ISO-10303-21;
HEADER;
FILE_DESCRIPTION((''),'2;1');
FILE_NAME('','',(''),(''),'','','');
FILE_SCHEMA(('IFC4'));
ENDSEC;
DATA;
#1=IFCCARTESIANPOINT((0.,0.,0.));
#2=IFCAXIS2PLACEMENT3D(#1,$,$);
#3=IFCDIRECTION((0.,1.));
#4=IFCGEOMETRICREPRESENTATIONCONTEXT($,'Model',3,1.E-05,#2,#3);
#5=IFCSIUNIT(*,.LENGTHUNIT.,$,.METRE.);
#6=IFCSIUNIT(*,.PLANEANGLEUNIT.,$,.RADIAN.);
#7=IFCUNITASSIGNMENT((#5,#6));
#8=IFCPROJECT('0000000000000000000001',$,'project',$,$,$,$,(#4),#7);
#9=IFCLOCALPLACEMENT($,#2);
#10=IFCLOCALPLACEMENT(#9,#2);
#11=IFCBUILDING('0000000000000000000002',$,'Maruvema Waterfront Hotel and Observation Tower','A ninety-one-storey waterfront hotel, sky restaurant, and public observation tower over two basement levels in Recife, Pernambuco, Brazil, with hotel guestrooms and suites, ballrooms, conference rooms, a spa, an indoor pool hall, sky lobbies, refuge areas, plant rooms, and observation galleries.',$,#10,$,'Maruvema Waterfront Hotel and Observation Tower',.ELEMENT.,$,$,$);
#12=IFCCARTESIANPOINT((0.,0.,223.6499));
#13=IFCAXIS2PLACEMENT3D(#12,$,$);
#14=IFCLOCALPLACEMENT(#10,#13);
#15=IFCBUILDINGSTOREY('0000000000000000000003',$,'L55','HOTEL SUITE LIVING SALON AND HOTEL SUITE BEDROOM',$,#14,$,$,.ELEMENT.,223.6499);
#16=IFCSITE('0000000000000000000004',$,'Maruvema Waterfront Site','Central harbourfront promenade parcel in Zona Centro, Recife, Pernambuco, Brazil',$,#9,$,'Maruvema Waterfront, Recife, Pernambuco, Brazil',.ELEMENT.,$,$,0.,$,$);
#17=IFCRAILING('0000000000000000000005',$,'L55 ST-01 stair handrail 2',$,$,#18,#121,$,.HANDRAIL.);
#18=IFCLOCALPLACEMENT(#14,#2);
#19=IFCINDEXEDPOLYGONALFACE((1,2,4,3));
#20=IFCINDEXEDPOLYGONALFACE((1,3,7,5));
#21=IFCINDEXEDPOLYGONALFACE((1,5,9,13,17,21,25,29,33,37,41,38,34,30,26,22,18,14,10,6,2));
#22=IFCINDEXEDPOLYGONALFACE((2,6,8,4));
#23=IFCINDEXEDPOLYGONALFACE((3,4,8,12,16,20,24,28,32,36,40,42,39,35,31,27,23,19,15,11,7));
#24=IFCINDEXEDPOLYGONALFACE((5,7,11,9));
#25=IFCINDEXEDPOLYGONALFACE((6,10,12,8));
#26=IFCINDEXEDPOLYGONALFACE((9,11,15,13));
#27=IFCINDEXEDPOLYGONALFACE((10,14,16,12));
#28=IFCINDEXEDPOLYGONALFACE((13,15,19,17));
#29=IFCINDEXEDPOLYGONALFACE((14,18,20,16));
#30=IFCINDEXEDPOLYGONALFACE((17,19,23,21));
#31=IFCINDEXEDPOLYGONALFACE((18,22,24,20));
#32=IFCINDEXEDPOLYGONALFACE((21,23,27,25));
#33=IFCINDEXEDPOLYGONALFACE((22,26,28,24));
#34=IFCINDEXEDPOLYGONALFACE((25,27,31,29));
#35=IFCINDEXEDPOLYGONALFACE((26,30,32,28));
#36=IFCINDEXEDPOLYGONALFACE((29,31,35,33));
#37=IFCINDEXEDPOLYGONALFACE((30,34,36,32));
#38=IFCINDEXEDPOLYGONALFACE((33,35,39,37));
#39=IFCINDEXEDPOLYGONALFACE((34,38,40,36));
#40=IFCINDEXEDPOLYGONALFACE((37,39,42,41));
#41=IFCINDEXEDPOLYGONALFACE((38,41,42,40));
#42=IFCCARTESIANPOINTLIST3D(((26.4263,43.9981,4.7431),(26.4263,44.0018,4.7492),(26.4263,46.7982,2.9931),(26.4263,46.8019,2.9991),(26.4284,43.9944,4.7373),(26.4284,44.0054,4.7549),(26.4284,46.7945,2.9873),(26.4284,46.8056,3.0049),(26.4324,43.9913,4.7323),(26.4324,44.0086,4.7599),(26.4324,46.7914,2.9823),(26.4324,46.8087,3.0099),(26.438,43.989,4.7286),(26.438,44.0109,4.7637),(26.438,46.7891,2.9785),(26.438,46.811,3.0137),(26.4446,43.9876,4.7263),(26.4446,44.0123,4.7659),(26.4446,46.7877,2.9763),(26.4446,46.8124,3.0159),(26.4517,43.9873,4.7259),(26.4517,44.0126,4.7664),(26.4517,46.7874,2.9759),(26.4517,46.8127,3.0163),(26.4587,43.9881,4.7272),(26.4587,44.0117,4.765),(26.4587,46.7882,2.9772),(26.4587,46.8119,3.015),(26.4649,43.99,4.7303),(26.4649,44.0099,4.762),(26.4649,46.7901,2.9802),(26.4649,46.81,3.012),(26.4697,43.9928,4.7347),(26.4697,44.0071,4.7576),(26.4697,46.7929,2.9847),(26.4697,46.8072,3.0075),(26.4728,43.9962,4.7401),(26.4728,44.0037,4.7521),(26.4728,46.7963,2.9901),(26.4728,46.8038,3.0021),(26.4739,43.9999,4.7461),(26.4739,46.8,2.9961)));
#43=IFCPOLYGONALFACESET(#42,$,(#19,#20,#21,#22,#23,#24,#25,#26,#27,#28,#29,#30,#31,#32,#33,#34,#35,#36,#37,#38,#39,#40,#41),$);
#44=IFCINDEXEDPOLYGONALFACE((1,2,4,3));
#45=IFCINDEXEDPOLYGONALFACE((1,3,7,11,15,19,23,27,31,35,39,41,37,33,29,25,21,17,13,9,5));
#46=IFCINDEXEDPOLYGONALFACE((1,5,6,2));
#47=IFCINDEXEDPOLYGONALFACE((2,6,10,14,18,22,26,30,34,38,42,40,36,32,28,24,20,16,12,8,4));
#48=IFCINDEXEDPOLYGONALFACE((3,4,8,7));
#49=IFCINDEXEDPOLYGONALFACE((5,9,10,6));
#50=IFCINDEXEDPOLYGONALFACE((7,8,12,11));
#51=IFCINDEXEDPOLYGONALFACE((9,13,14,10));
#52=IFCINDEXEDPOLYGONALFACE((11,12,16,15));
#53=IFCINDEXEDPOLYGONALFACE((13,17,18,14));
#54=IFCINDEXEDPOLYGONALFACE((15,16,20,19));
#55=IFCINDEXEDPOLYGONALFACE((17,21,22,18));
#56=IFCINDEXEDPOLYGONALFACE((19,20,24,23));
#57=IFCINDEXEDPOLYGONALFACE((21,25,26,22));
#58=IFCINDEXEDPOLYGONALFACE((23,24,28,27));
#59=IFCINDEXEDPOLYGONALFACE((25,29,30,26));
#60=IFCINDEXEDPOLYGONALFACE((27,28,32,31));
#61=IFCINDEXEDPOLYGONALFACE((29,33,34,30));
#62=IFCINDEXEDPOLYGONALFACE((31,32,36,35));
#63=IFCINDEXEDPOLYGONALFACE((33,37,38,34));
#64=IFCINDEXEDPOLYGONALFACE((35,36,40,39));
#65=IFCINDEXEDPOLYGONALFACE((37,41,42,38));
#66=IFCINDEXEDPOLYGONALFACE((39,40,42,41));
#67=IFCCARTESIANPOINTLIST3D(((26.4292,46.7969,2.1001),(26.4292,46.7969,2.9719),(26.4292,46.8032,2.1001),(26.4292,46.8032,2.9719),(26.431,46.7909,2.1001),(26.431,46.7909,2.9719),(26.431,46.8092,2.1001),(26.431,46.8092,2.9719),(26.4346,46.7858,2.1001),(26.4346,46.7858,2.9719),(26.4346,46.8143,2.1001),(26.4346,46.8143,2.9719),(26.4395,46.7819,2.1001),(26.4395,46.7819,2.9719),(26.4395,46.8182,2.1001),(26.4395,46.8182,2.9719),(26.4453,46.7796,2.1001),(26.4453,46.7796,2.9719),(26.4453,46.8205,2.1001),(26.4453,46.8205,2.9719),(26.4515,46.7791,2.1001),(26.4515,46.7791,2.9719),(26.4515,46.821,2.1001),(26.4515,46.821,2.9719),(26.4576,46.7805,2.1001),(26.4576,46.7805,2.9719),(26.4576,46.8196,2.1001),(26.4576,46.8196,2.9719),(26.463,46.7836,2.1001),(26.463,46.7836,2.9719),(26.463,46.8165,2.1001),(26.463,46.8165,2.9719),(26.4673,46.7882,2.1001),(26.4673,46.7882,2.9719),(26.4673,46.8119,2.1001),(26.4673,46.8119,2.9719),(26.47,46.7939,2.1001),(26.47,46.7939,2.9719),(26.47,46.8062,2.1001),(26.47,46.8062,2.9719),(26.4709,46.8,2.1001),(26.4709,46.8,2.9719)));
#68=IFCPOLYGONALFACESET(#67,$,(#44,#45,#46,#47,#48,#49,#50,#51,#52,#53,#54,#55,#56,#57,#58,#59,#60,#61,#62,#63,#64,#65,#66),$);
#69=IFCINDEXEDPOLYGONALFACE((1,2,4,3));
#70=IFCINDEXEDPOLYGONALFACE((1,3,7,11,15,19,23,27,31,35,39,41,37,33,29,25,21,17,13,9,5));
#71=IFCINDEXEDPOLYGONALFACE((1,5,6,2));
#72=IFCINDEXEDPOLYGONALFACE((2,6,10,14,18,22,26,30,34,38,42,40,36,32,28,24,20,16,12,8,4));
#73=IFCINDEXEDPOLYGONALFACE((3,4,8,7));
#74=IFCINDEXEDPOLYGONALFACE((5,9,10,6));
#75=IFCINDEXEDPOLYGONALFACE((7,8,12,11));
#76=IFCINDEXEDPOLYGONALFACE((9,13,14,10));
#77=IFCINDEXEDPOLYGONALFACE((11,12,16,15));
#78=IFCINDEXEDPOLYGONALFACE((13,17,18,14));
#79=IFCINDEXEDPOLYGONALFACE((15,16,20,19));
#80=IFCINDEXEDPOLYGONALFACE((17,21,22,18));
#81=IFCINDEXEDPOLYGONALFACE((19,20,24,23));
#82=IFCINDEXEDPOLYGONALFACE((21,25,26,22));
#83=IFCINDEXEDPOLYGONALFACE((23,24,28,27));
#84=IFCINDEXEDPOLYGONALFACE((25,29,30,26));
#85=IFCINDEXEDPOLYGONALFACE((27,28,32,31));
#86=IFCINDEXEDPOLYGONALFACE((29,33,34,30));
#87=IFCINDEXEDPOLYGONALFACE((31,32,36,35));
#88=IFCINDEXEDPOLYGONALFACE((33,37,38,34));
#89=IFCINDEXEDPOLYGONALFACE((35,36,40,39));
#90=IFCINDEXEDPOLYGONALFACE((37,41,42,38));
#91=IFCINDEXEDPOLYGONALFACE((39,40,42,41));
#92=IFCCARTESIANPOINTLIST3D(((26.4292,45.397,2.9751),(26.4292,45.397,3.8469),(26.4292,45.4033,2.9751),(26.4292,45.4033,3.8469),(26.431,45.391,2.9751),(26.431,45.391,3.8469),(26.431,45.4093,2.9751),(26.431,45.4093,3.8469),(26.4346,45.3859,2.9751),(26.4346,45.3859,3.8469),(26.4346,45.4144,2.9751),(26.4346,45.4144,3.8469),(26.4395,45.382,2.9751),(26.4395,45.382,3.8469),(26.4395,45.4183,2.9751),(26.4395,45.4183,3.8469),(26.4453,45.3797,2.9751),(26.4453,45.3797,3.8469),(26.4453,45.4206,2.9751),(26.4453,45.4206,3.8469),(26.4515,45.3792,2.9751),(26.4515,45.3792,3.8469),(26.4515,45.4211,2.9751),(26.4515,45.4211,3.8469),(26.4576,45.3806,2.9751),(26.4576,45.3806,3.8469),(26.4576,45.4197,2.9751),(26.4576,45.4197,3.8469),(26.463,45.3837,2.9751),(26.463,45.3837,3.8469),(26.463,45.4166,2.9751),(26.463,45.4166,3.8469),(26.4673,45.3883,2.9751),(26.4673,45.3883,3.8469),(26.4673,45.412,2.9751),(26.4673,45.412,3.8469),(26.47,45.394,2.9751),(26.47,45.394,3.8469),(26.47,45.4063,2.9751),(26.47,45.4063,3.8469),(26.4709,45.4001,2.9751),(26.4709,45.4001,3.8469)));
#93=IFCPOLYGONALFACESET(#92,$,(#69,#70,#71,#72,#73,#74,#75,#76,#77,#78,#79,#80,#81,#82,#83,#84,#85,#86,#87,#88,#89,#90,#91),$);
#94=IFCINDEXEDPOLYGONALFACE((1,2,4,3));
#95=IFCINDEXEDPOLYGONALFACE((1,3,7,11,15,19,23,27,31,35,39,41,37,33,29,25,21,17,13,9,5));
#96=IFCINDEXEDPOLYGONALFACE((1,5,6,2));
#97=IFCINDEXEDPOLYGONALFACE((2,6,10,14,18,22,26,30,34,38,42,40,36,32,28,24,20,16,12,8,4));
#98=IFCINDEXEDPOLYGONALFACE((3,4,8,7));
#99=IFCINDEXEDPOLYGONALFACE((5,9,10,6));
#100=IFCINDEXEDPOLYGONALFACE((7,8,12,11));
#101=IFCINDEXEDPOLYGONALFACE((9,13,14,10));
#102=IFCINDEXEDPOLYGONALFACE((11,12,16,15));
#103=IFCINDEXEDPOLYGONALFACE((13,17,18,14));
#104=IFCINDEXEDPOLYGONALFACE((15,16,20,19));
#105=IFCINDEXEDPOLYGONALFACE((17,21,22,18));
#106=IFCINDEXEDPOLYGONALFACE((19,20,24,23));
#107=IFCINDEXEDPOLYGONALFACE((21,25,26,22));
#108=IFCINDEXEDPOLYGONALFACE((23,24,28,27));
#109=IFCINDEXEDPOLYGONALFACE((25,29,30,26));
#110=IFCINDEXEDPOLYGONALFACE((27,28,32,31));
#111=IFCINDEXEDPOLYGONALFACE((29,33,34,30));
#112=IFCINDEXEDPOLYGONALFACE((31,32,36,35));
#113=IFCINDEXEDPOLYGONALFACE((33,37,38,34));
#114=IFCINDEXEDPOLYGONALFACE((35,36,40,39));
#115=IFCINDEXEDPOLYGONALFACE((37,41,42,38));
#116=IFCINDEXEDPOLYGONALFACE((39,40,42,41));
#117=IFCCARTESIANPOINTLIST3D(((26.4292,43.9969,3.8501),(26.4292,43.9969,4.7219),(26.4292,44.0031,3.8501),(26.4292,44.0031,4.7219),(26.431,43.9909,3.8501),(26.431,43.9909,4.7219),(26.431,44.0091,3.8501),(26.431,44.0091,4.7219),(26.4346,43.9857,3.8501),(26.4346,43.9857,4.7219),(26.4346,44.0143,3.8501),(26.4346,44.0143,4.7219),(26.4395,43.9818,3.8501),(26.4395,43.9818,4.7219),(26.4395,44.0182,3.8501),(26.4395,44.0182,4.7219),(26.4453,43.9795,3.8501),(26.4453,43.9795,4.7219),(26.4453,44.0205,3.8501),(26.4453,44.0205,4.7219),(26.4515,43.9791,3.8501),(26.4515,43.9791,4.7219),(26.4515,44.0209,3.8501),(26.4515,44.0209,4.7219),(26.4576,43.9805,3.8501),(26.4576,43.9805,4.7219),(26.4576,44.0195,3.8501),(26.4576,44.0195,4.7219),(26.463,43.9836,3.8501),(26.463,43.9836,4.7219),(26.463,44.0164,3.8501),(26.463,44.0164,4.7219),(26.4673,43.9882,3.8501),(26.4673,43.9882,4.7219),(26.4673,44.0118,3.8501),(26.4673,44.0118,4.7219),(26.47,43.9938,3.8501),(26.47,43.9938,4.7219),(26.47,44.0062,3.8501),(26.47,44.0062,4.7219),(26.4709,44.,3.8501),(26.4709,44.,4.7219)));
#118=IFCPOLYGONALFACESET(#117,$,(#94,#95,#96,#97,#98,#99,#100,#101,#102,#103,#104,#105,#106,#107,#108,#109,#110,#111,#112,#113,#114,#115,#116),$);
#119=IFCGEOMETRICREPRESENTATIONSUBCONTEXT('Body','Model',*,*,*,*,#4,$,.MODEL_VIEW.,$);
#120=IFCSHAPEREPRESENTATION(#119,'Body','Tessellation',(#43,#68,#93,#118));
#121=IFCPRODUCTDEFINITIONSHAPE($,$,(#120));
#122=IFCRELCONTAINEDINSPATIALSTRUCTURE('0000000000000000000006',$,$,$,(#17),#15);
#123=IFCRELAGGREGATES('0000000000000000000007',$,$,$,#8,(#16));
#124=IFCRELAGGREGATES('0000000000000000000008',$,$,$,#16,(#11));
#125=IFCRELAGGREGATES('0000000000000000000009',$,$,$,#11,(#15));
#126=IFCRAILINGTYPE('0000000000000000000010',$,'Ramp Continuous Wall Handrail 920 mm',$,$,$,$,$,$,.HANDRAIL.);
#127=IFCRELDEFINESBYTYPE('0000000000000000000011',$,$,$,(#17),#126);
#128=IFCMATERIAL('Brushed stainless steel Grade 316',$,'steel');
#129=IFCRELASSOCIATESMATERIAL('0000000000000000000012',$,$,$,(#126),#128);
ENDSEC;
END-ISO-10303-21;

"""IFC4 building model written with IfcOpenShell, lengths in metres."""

from ifc_helpers import new_model, si_unit, direction, frame, origin, origin_2d, place, context, subcontext, project, spatial, circle, extrude, material, type_object, element, save


model = new_model("IFC4")

# Units and contexts
model_context = context("Model", 3, precision=1e-05, world=origin(), true_north=direction((0.0, 1.0)))
body_context = subcontext(model_context, "Body", "Model", "MODEL_VIEW")
ifc_project = project(units=[si_unit("LENGTHUNIT", "METRE"), si_unit("PLANEANGLEUNIT", "RADIAN")], contexts=[model_context])

# Site, building, storey
site_placement = place(None, origin())
site = spatial("IfcSite", under=ifc_project, at=site_placement, Name="Maruvema Waterfront Site", Description="Central harbourfront promenade parcel in Zona Centro, Recife, Pernambuco, Brazil", LongName="Maruvema Waterfront, Recife, Pernambuco, Brazil", CompositionType="ELEMENT", RefElevation=0.0)
building_placement = place(site_placement, origin())
building = spatial("IfcBuilding", under=site, at=building_placement, Name="Maruvema Waterfront Hotel and Observation Tower", Description="A ninety-one-storey waterfront hotel, sky restaurant, and public observation tower over two basement levels in Recife, Pernambuco, Brazil, with hotel guestrooms and suites, ballrooms, conference rooms, a spa, an indoor pool hall, sky lobbies, refuge areas, plant rooms, and observation galleries.", LongName="Maruvema Waterfront Hotel and Observation Tower", CompositionType="ELEMENT")
storey_placement = place(building_placement, frame((0.0, 0.0, 223.6499)))
storey = spatial("IfcBuildingStorey", under=building, at=storey_placement, Name="L55", Description="HOTEL SUITE LIVING SALON AND HOTEL SUITE BEDROOM", CompositionType="ELEMENT", Elevation=223.6499)

# Railing
ifc_material_1 = material(Name="Brushed stainless steel Grade 316", Category="steel")
railing_type_1 = type_object("IfcRailingType", Name="Ramp Continuous Wall Handrail 920 mm", PredefinedType="HANDRAIL", material=ifc_material_1)
railing_1_placement = place(storey_placement, frame((26.45, 46.8, 2.1001)))
element("IfcRailing", 1, at=railing_1_placement, inside=storey, type_object=railing_type_1, Name="L55 ST-01 stair handrail 2", PredefinedType="HANDRAIL", context=body_context, shape_type="SweptSolid", body=[
    extrude(circle(Radius=0.0239, at=origin_2d()), frame((0.0, 0.0, 0.896), z_axis=(0.0, -0.848002, 0.529992), x_axis=(1.0, 0.0, 0.0)), (0.0, 0.0, 1.0), 3.302),
    extrude(circle(Radius=0.021, at=origin_2d()), origin(), (0.0, 0.0, 1.0), 0.8718),
    extrude(circle(Radius=0.021, at=origin_2d()), frame((0.0, -1.3999, 0.875)), (0.0, 0.0, 1.0), 0.8718),
    extrude(circle(Radius=0.021, at=origin_2d()), frame((0.0, -2.8, 1.75)), (0.0, 0.0, 1.0), 0.8718),
])

save(model, "model.ifc")
